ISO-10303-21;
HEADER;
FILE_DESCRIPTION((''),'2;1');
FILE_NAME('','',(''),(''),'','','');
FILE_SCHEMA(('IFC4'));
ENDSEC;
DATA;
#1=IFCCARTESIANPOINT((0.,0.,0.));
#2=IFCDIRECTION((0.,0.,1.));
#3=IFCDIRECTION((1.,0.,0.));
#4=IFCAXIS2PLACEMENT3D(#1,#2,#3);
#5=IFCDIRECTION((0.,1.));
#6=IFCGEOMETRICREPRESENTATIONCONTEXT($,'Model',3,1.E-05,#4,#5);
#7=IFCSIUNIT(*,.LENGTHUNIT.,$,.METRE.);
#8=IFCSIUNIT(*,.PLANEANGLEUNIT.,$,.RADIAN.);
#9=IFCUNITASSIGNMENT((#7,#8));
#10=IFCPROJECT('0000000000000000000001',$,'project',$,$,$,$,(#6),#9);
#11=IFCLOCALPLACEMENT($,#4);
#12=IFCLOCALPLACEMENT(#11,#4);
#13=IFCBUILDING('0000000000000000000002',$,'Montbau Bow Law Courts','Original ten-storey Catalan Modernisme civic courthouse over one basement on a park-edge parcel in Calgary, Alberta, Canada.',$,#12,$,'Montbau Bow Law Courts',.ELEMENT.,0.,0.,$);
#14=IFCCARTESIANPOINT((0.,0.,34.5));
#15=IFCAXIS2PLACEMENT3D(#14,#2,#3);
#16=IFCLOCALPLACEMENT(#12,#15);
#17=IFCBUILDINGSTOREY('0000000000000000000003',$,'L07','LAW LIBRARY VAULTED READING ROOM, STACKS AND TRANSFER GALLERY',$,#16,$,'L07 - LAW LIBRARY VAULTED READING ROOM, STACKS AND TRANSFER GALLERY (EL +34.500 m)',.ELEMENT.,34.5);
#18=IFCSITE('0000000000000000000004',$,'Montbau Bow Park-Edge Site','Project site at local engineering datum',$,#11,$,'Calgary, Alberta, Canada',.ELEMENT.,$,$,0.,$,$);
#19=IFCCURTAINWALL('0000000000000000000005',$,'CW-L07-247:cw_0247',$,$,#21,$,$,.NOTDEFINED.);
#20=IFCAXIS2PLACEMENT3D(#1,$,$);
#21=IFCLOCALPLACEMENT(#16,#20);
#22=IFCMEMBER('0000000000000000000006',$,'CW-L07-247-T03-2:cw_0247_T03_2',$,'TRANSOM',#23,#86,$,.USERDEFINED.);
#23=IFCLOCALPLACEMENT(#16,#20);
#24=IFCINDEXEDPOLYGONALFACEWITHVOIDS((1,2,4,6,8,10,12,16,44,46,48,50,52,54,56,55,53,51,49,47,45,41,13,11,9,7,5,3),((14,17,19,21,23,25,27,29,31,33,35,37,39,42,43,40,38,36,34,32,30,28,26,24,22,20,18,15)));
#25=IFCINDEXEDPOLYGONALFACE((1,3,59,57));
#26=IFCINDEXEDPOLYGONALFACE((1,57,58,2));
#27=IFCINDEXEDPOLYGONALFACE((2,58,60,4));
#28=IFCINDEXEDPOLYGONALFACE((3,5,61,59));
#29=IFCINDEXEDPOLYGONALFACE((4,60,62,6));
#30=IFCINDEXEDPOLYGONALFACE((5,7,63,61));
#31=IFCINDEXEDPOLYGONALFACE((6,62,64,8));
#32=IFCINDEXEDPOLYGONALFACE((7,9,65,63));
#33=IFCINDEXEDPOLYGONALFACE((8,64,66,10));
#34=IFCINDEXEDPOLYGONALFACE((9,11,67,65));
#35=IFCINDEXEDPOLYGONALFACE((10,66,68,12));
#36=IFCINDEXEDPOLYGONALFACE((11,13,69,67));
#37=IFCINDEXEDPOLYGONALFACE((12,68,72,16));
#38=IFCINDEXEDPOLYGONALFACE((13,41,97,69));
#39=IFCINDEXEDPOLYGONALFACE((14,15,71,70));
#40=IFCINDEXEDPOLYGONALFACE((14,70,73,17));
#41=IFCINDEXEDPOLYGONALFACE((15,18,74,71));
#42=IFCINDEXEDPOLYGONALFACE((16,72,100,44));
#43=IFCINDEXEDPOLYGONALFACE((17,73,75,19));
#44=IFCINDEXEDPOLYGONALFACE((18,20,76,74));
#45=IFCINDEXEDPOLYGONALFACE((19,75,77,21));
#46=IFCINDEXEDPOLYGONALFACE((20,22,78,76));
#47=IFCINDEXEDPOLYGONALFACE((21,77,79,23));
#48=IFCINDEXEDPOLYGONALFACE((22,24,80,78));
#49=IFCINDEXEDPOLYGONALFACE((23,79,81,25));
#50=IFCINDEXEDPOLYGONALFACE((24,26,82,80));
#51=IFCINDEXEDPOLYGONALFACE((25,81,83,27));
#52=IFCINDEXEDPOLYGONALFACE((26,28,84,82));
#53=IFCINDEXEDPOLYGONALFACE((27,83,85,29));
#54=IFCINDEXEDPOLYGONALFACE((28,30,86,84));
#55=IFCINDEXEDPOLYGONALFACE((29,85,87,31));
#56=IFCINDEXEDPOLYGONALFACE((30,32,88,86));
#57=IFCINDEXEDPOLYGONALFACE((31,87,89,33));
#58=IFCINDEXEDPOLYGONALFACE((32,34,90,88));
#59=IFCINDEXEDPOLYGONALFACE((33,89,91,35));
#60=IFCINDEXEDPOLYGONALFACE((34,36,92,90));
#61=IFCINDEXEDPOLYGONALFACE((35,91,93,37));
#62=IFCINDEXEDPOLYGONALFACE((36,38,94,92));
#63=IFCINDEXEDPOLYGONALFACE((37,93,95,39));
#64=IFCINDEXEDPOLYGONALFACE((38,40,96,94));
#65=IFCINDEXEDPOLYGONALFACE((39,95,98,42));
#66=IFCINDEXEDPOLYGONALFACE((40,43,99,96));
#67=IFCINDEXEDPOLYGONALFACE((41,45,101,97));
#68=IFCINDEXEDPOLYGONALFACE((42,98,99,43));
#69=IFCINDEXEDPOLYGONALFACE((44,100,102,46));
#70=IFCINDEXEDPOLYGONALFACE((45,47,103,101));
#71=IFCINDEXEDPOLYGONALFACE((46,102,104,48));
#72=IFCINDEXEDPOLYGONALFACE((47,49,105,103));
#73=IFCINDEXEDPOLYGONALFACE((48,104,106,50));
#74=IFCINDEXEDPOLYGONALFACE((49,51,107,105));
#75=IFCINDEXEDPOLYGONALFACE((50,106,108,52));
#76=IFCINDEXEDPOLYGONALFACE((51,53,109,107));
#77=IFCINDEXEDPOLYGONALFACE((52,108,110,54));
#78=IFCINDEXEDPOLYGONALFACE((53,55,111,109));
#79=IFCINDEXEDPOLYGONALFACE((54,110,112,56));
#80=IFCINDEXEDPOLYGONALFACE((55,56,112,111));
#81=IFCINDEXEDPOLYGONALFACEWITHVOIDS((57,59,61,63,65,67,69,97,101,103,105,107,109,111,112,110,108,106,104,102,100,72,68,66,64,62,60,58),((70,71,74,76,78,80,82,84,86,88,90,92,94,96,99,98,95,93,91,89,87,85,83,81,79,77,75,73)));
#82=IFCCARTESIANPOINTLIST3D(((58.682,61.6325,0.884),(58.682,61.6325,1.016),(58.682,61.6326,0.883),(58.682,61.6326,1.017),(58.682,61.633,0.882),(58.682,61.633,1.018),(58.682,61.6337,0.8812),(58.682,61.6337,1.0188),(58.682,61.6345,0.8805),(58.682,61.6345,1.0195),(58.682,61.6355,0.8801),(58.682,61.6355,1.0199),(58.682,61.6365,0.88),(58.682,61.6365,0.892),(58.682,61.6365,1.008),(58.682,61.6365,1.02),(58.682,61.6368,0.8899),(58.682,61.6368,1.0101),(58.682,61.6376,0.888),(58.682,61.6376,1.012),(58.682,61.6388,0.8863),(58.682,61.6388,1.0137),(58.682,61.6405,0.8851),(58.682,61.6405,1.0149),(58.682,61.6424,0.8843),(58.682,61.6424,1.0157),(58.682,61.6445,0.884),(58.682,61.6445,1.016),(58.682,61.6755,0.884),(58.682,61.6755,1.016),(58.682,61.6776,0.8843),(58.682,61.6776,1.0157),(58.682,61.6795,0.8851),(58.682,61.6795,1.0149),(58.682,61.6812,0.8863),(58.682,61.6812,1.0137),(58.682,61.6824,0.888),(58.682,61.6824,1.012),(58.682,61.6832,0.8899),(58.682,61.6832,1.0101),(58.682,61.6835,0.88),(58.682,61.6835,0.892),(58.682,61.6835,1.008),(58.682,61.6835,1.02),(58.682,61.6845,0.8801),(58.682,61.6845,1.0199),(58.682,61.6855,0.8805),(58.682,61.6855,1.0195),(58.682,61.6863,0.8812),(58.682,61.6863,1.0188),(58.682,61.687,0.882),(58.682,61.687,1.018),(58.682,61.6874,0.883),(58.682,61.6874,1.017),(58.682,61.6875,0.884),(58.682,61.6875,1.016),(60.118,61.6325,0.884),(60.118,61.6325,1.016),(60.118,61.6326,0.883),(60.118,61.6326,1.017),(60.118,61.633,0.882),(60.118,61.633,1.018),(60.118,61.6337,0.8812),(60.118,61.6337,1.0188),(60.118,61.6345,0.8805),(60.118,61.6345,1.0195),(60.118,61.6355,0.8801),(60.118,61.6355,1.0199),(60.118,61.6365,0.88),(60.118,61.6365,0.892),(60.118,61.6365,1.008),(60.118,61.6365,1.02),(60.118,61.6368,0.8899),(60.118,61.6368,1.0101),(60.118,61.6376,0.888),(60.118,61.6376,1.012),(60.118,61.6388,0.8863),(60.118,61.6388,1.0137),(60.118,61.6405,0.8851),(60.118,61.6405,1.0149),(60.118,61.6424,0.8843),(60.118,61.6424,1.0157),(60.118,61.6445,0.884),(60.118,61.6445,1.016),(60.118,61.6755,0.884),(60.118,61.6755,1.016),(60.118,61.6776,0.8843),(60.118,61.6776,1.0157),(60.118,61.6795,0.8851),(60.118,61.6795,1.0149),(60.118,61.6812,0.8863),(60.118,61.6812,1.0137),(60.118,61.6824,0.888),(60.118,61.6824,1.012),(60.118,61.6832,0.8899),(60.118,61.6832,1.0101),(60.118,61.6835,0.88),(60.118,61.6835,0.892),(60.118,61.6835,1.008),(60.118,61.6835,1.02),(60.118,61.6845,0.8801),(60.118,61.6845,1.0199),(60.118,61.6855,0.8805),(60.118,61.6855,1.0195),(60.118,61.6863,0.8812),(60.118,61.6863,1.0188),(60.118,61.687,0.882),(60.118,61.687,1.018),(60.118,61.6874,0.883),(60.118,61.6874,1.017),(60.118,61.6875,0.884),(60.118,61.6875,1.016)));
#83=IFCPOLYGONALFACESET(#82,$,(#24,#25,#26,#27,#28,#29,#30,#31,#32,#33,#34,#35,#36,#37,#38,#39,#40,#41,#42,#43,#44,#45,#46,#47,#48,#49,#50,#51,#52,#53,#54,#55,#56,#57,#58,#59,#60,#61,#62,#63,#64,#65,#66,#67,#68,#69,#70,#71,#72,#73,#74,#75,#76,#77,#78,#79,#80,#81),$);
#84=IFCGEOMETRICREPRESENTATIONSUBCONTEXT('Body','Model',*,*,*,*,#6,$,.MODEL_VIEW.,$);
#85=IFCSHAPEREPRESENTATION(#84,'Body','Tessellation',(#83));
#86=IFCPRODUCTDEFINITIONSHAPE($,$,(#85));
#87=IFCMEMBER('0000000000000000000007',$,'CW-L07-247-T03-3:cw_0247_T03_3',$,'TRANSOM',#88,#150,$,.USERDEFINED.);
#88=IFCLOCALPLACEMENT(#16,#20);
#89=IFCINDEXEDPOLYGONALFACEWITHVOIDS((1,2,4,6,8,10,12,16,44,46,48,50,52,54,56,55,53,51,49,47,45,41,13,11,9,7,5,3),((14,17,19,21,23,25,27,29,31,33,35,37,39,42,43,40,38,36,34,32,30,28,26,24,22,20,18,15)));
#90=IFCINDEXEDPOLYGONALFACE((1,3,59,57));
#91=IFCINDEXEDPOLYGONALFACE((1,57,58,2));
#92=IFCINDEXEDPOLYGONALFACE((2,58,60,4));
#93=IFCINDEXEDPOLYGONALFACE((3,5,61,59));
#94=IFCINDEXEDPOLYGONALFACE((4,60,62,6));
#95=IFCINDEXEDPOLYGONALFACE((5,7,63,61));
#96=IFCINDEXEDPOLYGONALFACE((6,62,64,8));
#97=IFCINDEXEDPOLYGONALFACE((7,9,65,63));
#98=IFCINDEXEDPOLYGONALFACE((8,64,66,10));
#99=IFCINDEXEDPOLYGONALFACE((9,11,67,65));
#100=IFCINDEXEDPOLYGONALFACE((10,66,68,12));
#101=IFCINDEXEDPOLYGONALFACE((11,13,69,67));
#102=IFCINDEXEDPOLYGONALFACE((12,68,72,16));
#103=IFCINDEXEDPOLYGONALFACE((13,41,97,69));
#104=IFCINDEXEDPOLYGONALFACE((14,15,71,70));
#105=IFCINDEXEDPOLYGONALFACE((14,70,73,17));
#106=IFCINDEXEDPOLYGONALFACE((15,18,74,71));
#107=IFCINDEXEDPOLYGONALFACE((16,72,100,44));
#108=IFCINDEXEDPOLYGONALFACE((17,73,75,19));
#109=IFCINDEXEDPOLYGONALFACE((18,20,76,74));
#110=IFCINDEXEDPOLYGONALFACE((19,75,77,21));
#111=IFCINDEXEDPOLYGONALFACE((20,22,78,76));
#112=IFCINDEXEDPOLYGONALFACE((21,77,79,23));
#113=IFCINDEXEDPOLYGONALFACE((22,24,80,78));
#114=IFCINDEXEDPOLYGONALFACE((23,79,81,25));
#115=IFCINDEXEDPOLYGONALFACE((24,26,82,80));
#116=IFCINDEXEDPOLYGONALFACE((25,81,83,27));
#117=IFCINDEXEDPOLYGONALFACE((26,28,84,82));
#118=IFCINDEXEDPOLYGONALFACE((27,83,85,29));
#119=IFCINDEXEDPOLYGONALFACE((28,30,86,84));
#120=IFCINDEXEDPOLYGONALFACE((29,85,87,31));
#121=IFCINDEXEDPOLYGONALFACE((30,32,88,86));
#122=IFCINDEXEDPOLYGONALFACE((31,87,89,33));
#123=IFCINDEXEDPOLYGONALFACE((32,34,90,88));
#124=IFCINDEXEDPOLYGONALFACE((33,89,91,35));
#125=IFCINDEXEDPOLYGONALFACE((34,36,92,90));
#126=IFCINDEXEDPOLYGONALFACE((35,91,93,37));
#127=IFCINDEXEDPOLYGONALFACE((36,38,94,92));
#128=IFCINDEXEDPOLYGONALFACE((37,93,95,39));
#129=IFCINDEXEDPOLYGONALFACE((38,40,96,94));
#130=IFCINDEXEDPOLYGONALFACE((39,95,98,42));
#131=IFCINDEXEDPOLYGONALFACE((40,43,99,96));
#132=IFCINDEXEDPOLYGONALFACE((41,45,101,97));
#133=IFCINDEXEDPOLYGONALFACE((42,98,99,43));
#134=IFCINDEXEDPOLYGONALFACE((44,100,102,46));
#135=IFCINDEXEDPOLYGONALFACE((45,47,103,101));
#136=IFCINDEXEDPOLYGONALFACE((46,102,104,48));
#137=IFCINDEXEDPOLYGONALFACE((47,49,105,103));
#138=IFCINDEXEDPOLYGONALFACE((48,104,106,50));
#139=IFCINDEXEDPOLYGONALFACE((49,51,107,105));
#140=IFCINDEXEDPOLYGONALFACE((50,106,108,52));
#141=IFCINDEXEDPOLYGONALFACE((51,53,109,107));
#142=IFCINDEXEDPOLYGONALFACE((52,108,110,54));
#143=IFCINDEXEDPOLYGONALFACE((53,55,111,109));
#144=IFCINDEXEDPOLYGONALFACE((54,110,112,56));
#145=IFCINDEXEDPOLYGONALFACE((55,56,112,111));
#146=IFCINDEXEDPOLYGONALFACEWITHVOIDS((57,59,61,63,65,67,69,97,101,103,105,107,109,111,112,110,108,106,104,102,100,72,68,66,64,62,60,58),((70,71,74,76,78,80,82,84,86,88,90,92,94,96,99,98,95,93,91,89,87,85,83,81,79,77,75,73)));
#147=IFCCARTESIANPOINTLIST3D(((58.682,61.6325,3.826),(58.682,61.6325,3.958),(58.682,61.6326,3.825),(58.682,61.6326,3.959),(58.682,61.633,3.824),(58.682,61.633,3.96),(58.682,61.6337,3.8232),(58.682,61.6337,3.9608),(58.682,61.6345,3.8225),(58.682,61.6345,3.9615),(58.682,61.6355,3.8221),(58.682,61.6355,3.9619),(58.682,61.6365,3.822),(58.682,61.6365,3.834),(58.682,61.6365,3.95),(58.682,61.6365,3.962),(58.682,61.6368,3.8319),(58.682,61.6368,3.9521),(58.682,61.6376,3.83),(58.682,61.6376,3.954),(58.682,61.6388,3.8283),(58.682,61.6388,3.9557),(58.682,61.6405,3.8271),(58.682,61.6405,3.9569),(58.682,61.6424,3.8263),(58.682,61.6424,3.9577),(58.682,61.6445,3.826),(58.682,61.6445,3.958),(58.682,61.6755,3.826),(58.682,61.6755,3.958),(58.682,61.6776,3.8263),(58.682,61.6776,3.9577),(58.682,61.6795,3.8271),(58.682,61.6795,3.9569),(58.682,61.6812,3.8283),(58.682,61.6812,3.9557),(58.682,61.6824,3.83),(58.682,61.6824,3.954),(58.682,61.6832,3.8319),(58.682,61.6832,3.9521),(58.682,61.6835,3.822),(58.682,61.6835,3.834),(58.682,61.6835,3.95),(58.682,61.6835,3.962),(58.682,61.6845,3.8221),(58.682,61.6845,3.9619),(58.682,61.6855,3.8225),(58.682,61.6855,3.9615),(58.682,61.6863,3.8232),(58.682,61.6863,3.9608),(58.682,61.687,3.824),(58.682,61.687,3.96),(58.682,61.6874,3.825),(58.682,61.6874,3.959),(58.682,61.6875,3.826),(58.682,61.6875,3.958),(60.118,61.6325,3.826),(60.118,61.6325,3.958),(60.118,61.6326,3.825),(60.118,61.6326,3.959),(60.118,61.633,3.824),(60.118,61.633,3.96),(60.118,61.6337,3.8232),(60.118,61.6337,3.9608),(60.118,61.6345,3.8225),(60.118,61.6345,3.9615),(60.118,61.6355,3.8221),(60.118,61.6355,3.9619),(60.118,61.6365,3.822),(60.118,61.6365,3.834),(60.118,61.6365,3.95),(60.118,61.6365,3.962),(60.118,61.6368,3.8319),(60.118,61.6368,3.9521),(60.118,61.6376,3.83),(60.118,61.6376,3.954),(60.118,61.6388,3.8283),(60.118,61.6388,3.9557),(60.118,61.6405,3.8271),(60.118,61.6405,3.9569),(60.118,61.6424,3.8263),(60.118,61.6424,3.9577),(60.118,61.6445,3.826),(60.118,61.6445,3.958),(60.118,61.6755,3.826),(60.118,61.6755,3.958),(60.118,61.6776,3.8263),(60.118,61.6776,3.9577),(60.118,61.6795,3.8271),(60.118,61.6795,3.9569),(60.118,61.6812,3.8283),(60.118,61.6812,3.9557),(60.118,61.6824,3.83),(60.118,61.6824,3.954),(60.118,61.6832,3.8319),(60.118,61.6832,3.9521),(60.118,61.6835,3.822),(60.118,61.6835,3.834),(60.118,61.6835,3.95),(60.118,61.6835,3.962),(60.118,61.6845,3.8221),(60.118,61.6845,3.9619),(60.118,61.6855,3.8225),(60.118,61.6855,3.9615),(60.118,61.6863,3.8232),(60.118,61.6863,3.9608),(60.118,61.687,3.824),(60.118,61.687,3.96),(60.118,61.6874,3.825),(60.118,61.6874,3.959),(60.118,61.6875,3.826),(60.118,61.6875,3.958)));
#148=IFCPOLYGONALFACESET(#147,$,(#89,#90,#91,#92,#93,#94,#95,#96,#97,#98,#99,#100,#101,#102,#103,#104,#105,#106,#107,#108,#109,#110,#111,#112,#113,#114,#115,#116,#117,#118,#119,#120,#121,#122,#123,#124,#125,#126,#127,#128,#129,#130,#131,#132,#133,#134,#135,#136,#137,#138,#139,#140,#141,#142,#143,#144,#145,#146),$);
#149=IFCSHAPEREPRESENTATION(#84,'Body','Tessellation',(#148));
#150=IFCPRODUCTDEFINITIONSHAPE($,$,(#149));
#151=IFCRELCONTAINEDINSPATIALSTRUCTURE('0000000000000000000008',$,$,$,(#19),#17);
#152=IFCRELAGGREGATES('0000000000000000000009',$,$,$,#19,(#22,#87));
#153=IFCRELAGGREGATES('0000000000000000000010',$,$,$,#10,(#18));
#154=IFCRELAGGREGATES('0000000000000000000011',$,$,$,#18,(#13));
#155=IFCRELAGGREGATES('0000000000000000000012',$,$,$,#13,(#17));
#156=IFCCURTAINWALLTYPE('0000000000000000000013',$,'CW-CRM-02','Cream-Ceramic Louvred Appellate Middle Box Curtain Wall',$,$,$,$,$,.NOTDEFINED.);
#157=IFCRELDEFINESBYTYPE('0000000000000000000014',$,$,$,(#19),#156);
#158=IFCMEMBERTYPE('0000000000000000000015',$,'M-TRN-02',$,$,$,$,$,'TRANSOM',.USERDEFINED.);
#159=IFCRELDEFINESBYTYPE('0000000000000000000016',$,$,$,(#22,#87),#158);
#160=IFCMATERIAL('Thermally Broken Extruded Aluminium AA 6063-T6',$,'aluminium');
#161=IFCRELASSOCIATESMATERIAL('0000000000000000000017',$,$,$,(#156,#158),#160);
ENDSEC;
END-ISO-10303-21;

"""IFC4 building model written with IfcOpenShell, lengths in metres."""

from ifc_helpers import new_model, si_unit, direction, frame, origin_with_axes, origin_2d_with_axis, place, context, subcontext, project, spatial, hollow_rectangle, extrude, material, material_profile, profile_set, type_object, element, aggregate, save


model = new_model("IFC4")

# Units and contexts
model_context = context("Model", 3, precision=1e-05, world=origin_with_axes(), true_north=direction((0.0, 1.0)))
body_context = subcontext(model_context, "Body", "Model", "MODEL_VIEW")
ifc_project = project(units=[si_unit("LENGTHUNIT", "METRE"), si_unit("PLANEANGLEUNIT", "RADIAN")], contexts=[model_context])

# Site, building, storey
site_placement = place(None, origin_with_axes())
site = spatial("IfcSite", under=ifc_project, at=site_placement, Name="Montbau Bow Park-Edge Site", Description="Project site at local engineering datum", LongName="Calgary, Alberta, Canada", CompositionType="ELEMENT", RefElevation=0.0)
building_placement = place(site_placement, origin_with_axes())
building = spatial("IfcBuilding", under=site, at=building_placement, Name="Montbau Bow Law Courts", Description="Original ten-storey Catalan Modernisme civic courthouse over one basement on a park-edge parcel in Calgary, Alberta, Canada.", LongName="Montbau Bow Law Courts", CompositionType="ELEMENT", ElevationOfRefHeight=0.0, ElevationOfTerrain=0.0)
storey_placement = place(building_placement, frame((0.0, 0.0, 34.5), z_axis=(0.0, 0.0, 1.0), x_axis=(1.0, 0.0, 0.0)))
storey = spatial("IfcBuildingStorey", under=building, at=storey_placement, Name="L07", Description="LAW LIBRARY VAULTED READING ROOM, STACKS AND TRANSFER GALLERY", LongName="L07 - LAW LIBRARY VAULTED READING ROOM, STACKS AND TRANSFER GALLERY (EL +34.500 m)", CompositionType="ELEMENT", Elevation=34.5)

# Curtain wall, members
ifc_material_1 = material(Name="Thermally Broken Extruded Aluminium AA 6063-T6", Category="aluminium")
curtain_wall_type = type_object("IfcCurtainWallType", Name="CW-CRM-02", Description="Cream-Ceramic Louvred Appellate Middle Box Curtain Wall", PredefinedType="NOTDEFINED", material=ifc_material_1)
curtain_wall_placement = place(None, frame((55.64, 61.66, 34.5), z_axis=(0.0, 0.0, 1.0), x_axis=(1.0, 0.0, 0.0)))
curtain_wall = element("IfcCurtainWall", 1, at=curtain_wall_placement, inside=storey, type_object=curtain_wall_type, Name="CW-L07-247:cw_0247", PredefinedType="NOTDEFINED")
ifc_material_profile_1 = material_profile(ifc_material_1, hollow_rectangle(XDim=0.055, YDim=0.14, WallThickness=0.004, InnerFilletRadius=0.008, OuterFilletRadius=0.004, at=origin_2d_with_axis()), Name="CWT-140X55", Category="Main", Priority=0)
ifc_profile_set_1 = profile_set([ifc_material_profile_1], Name="Thermally Broken Extruded Aluminium AA 6063-T6")
member_type_1 = type_object("IfcMemberType", Name="M-TRN-02", ElementType="TRANSOM", PredefinedType="USERDEFINED", material=ifc_profile_set_1)
member_1_placement = place(None, frame((58.682, 61.66, 35.45), z_axis=(1.0, 0.0, 0.0), x_axis=(0.0, 1.0, 0.0)))
member_1 = element("IfcMember", 2, at=member_1_placement, type_object=member_type_1, Name="CW-L07-247-T03-2:cw_0247_T03_2", ObjectType="TRANSOM", PredefinedType="USERDEFINED", context=body_context, shape_type="SweptSolid", body=[
    extrude(hollow_rectangle(XDim=0.055, YDim=0.14, WallThickness=0.004, InnerFilletRadius=0.008, OuterFilletRadius=0.004, at=origin_2d_with_axis()), origin_with_axes(), (0.0, 0.0, 1.0), 1.436),
])
member_2_placement = place(None, frame((58.682, 61.66, 38.392), z_axis=(1.0, 0.0, 0.0), x_axis=(0.0, 1.0, 0.0)))
member_2 = element("IfcMember", 3, at=member_2_placement, type_object=member_type_1, Name="CW-L07-247-T03-3:cw_0247_T03_3", ObjectType="TRANSOM", PredefinedType="USERDEFINED", context=body_context, shape_type="SweptSolid", body=[
    extrude(hollow_rectangle(XDim=0.055, YDim=0.14, WallThickness=0.004, InnerFilletRadius=0.008, OuterFilletRadius=0.004, at=origin_2d_with_axis()), origin_with_axes(), (0.0, 0.0, 1.0), 1.436),
])
aggregate(curtain_wall, [member_1, member_2])

save(model, "model.ifc")
